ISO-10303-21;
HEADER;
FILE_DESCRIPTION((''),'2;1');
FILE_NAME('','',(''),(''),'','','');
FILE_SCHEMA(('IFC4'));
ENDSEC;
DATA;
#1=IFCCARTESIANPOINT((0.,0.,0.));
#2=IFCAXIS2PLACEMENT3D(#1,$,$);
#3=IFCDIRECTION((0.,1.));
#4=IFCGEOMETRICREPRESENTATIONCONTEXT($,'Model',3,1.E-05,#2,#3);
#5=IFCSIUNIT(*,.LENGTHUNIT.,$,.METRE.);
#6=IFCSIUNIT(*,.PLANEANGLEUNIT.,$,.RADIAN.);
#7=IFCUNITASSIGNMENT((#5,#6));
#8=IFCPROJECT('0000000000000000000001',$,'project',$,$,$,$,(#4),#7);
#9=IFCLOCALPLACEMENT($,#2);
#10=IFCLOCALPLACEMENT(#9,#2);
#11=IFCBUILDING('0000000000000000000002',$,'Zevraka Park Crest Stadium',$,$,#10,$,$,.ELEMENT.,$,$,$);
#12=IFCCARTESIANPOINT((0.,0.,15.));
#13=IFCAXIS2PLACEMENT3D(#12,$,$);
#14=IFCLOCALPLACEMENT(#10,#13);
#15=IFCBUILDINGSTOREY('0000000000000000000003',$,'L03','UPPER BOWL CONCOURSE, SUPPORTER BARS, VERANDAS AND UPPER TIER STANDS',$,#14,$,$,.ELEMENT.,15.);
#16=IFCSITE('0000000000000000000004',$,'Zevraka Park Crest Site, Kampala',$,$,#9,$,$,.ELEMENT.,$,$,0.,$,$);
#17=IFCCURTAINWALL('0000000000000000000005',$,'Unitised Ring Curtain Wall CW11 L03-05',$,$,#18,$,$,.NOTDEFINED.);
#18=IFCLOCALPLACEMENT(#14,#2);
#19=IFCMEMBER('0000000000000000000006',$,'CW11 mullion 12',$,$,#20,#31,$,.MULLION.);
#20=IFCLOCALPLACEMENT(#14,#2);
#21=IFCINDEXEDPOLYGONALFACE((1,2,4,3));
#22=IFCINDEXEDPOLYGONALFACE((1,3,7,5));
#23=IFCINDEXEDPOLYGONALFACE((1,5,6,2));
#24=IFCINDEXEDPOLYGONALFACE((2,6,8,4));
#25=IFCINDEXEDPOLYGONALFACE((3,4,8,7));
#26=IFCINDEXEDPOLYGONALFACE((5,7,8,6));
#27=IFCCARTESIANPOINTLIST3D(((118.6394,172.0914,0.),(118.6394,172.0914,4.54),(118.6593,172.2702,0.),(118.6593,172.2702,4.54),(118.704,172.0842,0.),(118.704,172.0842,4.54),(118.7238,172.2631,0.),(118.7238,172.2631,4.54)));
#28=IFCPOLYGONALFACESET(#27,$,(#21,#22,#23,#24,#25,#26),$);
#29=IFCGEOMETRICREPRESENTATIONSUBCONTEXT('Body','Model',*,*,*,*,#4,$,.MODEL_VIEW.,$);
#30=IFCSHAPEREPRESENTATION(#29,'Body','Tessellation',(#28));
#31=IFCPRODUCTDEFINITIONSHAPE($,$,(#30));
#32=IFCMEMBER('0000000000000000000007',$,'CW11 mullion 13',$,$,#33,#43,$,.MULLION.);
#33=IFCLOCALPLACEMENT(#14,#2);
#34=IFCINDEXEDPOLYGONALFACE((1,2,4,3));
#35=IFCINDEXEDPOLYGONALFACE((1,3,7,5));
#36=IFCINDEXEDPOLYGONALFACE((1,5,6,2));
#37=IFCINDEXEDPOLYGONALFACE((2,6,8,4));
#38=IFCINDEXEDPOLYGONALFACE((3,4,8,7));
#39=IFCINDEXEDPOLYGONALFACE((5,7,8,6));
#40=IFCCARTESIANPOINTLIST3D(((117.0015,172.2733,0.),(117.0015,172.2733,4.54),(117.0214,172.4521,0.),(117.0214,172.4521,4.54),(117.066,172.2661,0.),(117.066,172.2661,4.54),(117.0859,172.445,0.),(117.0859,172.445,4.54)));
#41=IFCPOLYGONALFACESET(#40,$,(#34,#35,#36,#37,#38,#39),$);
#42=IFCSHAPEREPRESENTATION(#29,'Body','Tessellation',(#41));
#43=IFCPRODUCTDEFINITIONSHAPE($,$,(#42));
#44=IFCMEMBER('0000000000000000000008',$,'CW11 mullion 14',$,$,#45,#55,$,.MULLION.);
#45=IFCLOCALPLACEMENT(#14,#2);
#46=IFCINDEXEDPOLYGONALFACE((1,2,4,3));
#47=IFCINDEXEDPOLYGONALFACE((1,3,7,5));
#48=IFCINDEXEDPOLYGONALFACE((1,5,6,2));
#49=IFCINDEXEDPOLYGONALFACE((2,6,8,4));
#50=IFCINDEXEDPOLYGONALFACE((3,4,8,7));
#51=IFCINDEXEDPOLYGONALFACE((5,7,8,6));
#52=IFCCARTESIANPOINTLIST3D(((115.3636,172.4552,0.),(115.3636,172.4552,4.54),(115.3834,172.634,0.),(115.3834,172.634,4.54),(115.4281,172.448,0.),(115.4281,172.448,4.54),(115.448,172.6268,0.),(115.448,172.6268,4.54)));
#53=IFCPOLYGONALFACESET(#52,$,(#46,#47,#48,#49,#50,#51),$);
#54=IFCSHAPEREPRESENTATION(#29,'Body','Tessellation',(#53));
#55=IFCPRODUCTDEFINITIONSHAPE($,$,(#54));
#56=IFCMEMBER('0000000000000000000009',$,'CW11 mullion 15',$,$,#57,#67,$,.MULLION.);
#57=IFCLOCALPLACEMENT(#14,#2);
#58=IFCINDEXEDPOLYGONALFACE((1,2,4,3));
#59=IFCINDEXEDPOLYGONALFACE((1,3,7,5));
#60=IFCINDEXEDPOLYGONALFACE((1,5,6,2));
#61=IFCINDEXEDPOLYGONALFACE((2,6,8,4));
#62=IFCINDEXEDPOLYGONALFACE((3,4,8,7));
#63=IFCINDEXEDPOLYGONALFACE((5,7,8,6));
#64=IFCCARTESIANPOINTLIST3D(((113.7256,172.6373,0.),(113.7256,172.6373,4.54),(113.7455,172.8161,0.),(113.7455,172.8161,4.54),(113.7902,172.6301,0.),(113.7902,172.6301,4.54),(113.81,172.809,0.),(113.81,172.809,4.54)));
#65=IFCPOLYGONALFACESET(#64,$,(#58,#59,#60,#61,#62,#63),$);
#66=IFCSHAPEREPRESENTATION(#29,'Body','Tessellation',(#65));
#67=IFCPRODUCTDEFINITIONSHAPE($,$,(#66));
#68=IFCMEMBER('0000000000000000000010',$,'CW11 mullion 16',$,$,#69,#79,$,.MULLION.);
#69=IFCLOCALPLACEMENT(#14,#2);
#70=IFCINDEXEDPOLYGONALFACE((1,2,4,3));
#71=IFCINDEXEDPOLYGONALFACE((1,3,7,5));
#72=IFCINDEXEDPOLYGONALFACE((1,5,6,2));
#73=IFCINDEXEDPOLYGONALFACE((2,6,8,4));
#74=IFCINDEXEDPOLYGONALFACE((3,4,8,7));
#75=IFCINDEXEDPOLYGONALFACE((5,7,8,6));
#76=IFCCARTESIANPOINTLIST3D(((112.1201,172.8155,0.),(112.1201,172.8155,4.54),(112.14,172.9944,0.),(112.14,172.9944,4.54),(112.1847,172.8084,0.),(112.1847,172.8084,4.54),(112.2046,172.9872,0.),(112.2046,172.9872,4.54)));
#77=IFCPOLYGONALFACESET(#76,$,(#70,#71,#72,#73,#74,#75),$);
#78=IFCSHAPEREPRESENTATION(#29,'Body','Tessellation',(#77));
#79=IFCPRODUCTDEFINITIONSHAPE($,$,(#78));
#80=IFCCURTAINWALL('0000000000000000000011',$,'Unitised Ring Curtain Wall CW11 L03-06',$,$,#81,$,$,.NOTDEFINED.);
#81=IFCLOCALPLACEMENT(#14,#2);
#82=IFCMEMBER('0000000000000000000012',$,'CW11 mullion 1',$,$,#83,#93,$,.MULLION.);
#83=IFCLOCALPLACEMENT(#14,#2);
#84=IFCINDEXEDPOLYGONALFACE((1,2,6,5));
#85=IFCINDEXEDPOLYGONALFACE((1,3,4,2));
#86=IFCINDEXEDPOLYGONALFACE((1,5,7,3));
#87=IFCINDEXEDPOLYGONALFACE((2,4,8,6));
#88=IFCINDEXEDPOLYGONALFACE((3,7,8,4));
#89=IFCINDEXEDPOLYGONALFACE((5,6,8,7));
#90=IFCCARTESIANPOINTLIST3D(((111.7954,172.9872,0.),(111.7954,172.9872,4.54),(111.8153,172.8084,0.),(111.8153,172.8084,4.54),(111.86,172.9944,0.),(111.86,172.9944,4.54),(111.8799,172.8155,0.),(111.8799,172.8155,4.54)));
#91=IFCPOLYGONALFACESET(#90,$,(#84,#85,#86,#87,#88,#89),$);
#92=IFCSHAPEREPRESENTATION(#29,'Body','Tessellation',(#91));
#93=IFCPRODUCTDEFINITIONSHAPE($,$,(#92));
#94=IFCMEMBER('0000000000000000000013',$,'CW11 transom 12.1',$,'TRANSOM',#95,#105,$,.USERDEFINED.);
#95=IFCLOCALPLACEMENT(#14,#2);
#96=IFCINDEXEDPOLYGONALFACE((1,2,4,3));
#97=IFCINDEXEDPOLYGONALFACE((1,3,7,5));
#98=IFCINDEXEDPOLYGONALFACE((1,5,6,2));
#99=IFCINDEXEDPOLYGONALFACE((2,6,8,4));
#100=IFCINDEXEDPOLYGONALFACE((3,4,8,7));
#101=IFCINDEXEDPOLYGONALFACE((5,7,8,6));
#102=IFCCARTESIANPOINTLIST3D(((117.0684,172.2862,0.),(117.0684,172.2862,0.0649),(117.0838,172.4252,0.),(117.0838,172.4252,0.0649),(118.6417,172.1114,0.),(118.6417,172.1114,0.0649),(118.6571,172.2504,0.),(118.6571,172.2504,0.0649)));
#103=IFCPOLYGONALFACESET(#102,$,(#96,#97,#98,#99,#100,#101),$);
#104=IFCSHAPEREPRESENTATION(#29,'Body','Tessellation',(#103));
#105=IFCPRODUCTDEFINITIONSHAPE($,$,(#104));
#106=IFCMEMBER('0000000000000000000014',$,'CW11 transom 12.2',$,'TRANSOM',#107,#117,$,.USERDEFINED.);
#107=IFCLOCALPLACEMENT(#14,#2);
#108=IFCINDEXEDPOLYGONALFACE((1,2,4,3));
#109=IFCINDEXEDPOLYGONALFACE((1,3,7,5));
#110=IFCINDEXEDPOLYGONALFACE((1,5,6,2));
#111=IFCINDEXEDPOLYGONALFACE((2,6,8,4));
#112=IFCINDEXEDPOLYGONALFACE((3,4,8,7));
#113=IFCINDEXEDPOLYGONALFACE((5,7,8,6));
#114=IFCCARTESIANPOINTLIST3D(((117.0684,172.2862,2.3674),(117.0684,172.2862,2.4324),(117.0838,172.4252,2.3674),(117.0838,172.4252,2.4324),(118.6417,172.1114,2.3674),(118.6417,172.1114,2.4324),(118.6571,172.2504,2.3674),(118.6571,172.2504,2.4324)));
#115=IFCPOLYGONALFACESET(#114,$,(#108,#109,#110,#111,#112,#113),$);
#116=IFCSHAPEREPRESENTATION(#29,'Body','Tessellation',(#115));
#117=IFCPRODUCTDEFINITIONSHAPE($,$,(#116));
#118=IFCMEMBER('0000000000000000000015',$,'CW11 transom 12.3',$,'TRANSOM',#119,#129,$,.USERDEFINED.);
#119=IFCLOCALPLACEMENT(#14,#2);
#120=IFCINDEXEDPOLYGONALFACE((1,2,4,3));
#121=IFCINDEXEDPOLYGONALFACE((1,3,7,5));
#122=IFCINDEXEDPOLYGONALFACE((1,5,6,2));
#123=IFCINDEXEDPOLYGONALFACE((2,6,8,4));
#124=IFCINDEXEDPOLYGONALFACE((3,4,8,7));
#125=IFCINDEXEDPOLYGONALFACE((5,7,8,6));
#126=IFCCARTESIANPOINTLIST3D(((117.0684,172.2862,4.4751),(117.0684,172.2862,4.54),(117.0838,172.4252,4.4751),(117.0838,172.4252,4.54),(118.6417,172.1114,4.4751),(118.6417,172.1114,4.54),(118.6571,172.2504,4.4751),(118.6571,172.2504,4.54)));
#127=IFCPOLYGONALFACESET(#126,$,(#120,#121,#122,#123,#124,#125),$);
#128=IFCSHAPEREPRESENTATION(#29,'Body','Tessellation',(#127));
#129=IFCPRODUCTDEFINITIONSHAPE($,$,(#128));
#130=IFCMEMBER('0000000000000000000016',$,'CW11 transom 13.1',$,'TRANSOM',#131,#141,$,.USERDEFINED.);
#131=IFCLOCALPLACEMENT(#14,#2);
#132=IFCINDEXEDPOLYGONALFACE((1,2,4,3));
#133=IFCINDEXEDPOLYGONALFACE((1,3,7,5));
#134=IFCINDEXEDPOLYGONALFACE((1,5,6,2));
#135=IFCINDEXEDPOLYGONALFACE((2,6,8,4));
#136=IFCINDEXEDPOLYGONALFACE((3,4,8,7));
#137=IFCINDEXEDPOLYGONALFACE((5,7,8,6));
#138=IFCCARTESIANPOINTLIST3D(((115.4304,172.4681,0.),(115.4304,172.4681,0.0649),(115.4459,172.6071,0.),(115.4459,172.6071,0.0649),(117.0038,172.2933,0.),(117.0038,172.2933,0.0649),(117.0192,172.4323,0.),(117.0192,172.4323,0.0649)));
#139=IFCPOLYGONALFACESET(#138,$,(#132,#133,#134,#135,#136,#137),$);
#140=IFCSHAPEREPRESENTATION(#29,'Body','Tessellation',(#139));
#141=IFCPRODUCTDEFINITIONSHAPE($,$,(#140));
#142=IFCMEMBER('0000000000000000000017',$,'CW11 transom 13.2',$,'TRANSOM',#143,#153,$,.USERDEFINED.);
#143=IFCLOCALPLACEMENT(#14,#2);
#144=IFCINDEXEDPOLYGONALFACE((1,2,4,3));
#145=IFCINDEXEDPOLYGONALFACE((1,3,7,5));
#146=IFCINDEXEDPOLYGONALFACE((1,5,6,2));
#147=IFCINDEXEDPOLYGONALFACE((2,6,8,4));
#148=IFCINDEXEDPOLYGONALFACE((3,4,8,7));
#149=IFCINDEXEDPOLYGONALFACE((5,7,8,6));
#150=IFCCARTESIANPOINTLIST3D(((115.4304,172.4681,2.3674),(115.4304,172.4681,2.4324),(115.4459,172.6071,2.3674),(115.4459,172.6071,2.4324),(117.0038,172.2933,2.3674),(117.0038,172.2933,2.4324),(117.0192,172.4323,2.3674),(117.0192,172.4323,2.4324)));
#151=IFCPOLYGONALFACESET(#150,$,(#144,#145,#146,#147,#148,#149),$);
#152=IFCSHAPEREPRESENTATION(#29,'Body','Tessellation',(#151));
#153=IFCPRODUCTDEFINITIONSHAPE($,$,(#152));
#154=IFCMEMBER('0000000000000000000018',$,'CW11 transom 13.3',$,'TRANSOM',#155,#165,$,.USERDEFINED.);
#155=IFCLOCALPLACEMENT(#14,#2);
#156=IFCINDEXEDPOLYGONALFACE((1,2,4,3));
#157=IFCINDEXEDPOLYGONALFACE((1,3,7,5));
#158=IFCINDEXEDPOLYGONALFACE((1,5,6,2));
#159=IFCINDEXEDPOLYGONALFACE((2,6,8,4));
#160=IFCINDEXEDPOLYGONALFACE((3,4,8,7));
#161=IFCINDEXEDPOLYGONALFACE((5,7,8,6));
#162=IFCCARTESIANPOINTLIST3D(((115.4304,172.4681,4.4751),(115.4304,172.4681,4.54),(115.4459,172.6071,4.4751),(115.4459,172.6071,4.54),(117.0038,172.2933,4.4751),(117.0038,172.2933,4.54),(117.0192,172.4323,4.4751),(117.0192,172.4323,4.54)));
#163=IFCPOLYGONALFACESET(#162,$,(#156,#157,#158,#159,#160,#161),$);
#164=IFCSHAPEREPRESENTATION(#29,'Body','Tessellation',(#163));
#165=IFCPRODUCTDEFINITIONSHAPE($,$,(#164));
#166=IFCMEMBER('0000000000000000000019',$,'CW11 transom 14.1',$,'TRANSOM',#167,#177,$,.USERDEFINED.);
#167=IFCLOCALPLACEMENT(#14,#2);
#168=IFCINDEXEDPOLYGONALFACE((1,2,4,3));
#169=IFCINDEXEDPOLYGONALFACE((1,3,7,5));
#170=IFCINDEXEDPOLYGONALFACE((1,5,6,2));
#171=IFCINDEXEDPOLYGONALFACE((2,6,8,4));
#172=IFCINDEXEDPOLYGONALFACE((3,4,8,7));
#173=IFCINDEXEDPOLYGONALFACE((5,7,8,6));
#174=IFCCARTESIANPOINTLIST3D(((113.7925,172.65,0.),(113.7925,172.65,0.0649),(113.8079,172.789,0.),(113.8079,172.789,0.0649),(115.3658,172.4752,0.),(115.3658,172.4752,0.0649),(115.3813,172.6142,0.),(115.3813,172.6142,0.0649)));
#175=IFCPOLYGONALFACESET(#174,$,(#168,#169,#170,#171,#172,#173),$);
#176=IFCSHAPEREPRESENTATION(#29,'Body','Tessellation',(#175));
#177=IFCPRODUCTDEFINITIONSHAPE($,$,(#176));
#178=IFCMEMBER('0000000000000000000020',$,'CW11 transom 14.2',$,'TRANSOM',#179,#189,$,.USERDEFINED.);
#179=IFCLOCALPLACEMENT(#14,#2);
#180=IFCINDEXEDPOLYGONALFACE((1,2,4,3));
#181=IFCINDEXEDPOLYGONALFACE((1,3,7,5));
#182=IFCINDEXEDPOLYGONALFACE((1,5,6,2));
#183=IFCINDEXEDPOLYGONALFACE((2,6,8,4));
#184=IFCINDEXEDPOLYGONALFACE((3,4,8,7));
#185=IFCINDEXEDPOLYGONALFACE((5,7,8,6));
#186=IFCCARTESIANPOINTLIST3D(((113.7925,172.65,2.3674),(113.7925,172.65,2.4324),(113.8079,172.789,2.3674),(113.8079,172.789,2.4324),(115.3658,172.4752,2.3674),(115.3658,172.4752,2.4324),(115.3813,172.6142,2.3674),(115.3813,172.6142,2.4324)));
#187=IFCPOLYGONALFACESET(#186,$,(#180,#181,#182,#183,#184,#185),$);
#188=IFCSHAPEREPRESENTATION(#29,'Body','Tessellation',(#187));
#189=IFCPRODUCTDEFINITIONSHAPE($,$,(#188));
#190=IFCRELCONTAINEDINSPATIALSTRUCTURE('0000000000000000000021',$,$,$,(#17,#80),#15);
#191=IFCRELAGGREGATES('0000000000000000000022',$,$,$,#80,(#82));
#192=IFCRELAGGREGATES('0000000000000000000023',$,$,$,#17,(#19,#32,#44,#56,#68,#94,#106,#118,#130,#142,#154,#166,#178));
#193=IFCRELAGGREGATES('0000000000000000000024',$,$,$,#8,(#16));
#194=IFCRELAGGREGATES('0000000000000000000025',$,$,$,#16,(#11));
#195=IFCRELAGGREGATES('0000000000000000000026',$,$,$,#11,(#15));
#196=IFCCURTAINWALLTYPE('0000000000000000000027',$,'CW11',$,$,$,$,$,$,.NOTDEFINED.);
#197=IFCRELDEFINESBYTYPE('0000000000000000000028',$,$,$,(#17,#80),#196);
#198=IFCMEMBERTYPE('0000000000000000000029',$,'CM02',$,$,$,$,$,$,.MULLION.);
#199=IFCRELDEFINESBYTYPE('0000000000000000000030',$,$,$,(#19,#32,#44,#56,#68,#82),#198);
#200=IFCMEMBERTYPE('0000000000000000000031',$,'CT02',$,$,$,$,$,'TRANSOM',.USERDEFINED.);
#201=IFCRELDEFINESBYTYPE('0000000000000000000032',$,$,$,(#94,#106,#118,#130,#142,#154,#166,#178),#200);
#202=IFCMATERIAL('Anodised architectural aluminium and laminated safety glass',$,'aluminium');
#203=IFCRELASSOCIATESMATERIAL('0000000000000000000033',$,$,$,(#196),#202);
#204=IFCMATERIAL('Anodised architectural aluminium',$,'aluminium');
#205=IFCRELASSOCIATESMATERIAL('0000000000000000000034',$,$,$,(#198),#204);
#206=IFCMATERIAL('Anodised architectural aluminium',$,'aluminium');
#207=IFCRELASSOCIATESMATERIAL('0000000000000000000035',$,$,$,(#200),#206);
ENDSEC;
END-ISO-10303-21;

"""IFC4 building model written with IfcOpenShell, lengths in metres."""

from ifc_helpers import new_model, si_unit, direction, frame, origin, origin_2d, place, context, subcontext, project, spatial, rectangle, extrude, material, material_profile, profile_set, type_object, element, aggregate, save


model = new_model("IFC4")

# Units and contexts
model_context = context("Model", 3, precision=1e-05, world=origin(), true_north=direction((0.0, 1.0)))
body_context = subcontext(model_context, "Body", "Model", "MODEL_VIEW")
ifc_project = project(units=[si_unit("LENGTHUNIT", "METRE"), si_unit("PLANEANGLEUNIT", "RADIAN")], contexts=[model_context])

# Site, building, storey
site_placement = place(None, origin())
site = spatial("IfcSite", under=ifc_project, at=site_placement, Name="Zevraka Park Crest Site, Kampala", CompositionType="ELEMENT", RefElevation=0.0)
building_placement = place(site_placement, origin())
building = spatial("IfcBuilding", under=site, at=building_placement, Name="Zevraka Park Crest Stadium", CompositionType="ELEMENT")
storey_placement = place(building_placement, frame((0.0, 0.0, 15.0)))
storey = spatial("IfcBuildingStorey", under=building, at=storey_placement, Name="L03", Description="UPPER BOWL CONCOURSE, SUPPORTER BARS, VERANDAS AND UPPER TIER STANDS", CompositionType="ELEMENT", Elevation=15.0)

# Curtain wall, members
ifc_material_1 = material(Name="Anodised architectural aluminium and laminated safety glass", Category="aluminium")
curtain_wall_type = type_object("IfcCurtainWallType", Name="CW11", PredefinedType="NOTDEFINED", material=ifc_material_1)
curtain_wall_1_placement = place(storey_placement, origin())
curtain_wall_1 = element("IfcCurtainWall", 1, at=curtain_wall_1_placement, inside=storey, type_object=curtain_wall_type, Name="Unitised Ring Curtain Wall CW11 L03-05", PredefinedType="NOTDEFINED")
ifc_material_2 = material(Name="Anodised architectural aluminium", Category="aluminium")
ifc_material_profile_1 = material_profile(ifc_material_2, rectangle(XDim=0.1799, YDim=0.0649, at=origin_2d()), Name="ALU MULLION 180x65")
ifc_profile_set_1 = profile_set([ifc_material_profile_1], Name="Anodised architectural aluminium")
member_type_1 = type_object("IfcMemberType", Name="CM02", PredefinedType="MULLION", material=ifc_profile_set_1)
member_1_placement = place(storey_placement, frame((118.6816, 172.1772, 0.0), z_axis=(0.0, 0.0, 1.0), x_axis=(-0.110396, -0.993888, 0.0)))
member_1 = element("IfcMember", 2, at=member_1_placement, type_object=member_type_1, Name="CW11 mullion 12", PredefinedType="MULLION", context=body_context, shape_type="SweptSolid", body=[
    extrude(rectangle(XDim=0.1799, YDim=0.0649, at=origin_2d()), origin(), (0.0, 0.0, 1.0), 4.54),
])
member_2_placement = place(storey_placement, frame((117.0437, 172.3591, 0.0), z_axis=(0.0, 0.0, 1.0), x_axis=(-0.110396, -0.993888, 0.0)))
member_2 = element("IfcMember", 3, at=member_2_placement, type_object=member_type_1, Name="CW11 mullion 13", PredefinedType="MULLION", context=body_context, shape_type="SweptSolid", body=[
    extrude(rectangle(XDim=0.1799, YDim=0.0649, at=origin_2d()), origin(), (0.0, 0.0, 1.0), 4.54),
])
member_3_placement = place(storey_placement, frame((115.4058, 172.541, 0.0), z_axis=(0.0, 0.0, 1.0), x_axis=(-0.110396, -0.993888, 0.0)))
member_3 = element("IfcMember", 4, at=member_3_placement, type_object=member_type_1, Name="CW11 mullion 14", PredefinedType="MULLION", context=body_context, shape_type="SweptSolid", body=[
    extrude(rectangle(XDim=0.1799, YDim=0.0649, at=origin_2d()), origin(), (0.0, 0.0, 1.0), 4.54),
])
member_4_placement = place(storey_placement, frame((113.7678, 172.7231, 0.0), z_axis=(0.0, 0.0, 1.0), x_axis=(-0.110396, -0.993888, 0.0)))
member_4 = element("IfcMember", 5, at=member_4_placement, type_object=member_type_1, Name="CW11 mullion 15", PredefinedType="MULLION", context=body_context, shape_type="SweptSolid", body=[
    extrude(rectangle(XDim=0.1799, YDim=0.0649, at=origin_2d()), origin(), (0.0, 0.0, 1.0), 4.54),
])
member_5_placement = place(storey_placement, frame((112.1624, 172.9014, 0.0), z_axis=(0.0, 0.0, 1.0), x_axis=(-0.110396, -0.993888, 0.0)))
member_5 = element("IfcMember", 6, at=member_5_placement, type_object=member_type_1, Name="CW11 mullion 16", PredefinedType="MULLION", context=body_context, shape_type="SweptSolid", body=[
    extrude(rectangle(XDim=0.1799, YDim=0.0649, at=origin_2d()), origin(), (0.0, 0.0, 1.0), 4.54),
])

# Curtain wall, member
curtain_wall_2_placement = place(storey_placement, origin())
curtain_wall_2 = element("IfcCurtainWall", 7, at=curtain_wall_2_placement, inside=storey, type_object=curtain_wall_type, Name="Unitised Ring Curtain Wall CW11 L03-06", PredefinedType="NOTDEFINED")
member_6_placement = place(storey_placement, frame((111.8376, 172.9014, 0.0), z_axis=(0.0, 0.0, 1.0), x_axis=(0.110396, -0.993888, 0.0)))
member_6 = element("IfcMember", 8, at=member_6_placement, type_object=member_type_1, Name="CW11 mullion 1", PredefinedType="MULLION", context=body_context, shape_type="SweptSolid", body=[
    extrude(rectangle(XDim=0.1799, YDim=0.0649, at=origin_2d()), origin(), (0.0, 0.0, 1.0), 4.54),
])
aggregate(curtain_wall_2, [member_6])

# Members
ifc_material_3 = material(Name="Anodised architectural aluminium", Category="aluminium")
ifc_material_profile_2 = material_profile(ifc_material_3, rectangle(XDim=0.1399, YDim=0.0649, at=origin_2d()), Name="ALU TRANSOM 140x65")
ifc_profile_set_2 = profile_set([ifc_material_profile_2], Name="Anodised architectural aluminium")
member_type_2 = type_object("IfcMemberType", Name="CT02", ElementType="TRANSOM", PredefinedType="USERDEFINED", material=ifc_profile_set_2)
member_7_placement = place(storey_placement, frame((118.6494, 172.1809, 0.0325), z_axis=(-0.993884, 0.110432, 0.0), x_axis=(-0.110432, -0.993884, 0.0)))
member_7 = element("IfcMember", 9, at=member_7_placement, type_object=member_type_2, Name="CW11 transom 12.1", ObjectType="TRANSOM", PredefinedType="USERDEFINED", context=body_context, shape_type="SweptSolid", body=[
    extrude(rectangle(XDim=0.1399, YDim=0.0649, at=origin_2d()), origin(), (0.0, 0.0, 1.0), 1.583),
])
member_8_placement = place(storey_placement, frame((118.6494, 172.1809, 2.3999), z_axis=(-0.993884, 0.110432, 0.0), x_axis=(-0.110432, -0.993884, 0.0)))
member_8 = element("IfcMember", 10, at=member_8_placement, type_object=member_type_2, Name="CW11 transom 12.2", ObjectType="TRANSOM", PredefinedType="USERDEFINED", context=body_context, shape_type="SweptSolid", body=[
    extrude(rectangle(XDim=0.1399, YDim=0.0649, at=origin_2d()), origin(), (0.0, 0.0, 1.0), 1.583),
])
member_9_placement = place(storey_placement, frame((118.6494, 172.1809, 4.5076), z_axis=(-0.993884, 0.110432, 0.0), x_axis=(-0.110432, -0.993884, 0.0)))
member_9 = element("IfcMember", 11, at=member_9_placement, type_object=member_type_2, Name="CW11 transom 12.3", ObjectType="TRANSOM", PredefinedType="USERDEFINED", context=body_context, shape_type="SweptSolid", body=[
    extrude(rectangle(XDim=0.1399, YDim=0.0649, at=origin_2d()), origin(), (0.0, 0.0, 1.0), 1.583),
])
member_10_placement = place(storey_placement, frame((117.0115, 172.3628, 0.0325), z_axis=(-0.993884, 0.110432, 0.0), x_axis=(-0.110432, -0.993884, 0.0)))
member_10 = element("IfcMember", 12, at=member_10_placement, type_object=member_type_2, Name="CW11 transom 13.1", ObjectType="TRANSOM", PredefinedType="USERDEFINED", context=body_context, shape_type="SweptSolid", body=[
    extrude(rectangle(XDim=0.1399, YDim=0.0649, at=origin_2d()), origin(), (0.0, 0.0, 1.0), 1.583),
])
member_11_placement = place(storey_placement, frame((117.0115, 172.3628, 2.3999), z_axis=(-0.993884, 0.110432, 0.0), x_axis=(-0.110432, -0.993884, 0.0)))
member_11 = element("IfcMember", 13, at=member_11_placement, type_object=member_type_2, Name="CW11 transom 13.2", ObjectType="TRANSOM", PredefinedType="USERDEFINED", context=body_context, shape_type="SweptSolid", body=[
    extrude(rectangle(XDim=0.1399, YDim=0.0649, at=origin_2d()), origin(), (0.0, 0.0, 1.0), 1.583),
])
member_12_placement = place(storey_placement, frame((117.0115, 172.3628, 4.5076), z_axis=(-0.993884, 0.110432, 0.0), x_axis=(-0.110432, -0.993884, 0.0)))
member_12 = element("IfcMember", 14, at=member_12_placement, type_object=member_type_2, Name="CW11 transom 13.3", ObjectType="TRANSOM", PredefinedType="USERDEFINED", context=body_context, shape_type="SweptSolid", body=[
    extrude(rectangle(XDim=0.1399, YDim=0.0649, at=origin_2d()), origin(), (0.0, 0.0, 1.0), 1.583),
])
member_13_placement = place(storey_placement, frame((115.3735, 172.5447, 0.0325), z_axis=(-0.993884, 0.110432, 0.0), x_axis=(-0.110432, -0.993884, 0.0)))
member_13 = element("IfcMember", 15, at=member_13_placement, type_object=member_type_2, Name="CW11 transom 14.1", ObjectType="TRANSOM", PredefinedType="USERDEFINED", context=body_context, shape_type="SweptSolid", body=[
    extrude(rectangle(XDim=0.1399, YDim=0.0649, at=origin_2d()), origin(), (0.0, 0.0, 1.0), 1.583),
])
member_14_placement = place(storey_placement, frame((115.3735, 172.5447, 2.3999), z_axis=(-0.993884, 0.110432, 0.0), x_axis=(-0.110432, -0.993884, 0.0)))
member_14 = element("IfcMember", 16, at=member_14_placement, type_object=member_type_2, Name="CW11 transom 14.2", ObjectType="TRANSOM", PredefinedType="USERDEFINED", context=body_context, shape_type="SweptSolid", body=[
    extrude(rectangle(XDim=0.1399, YDim=0.0649, at=origin_2d()), origin(), (0.0, 0.0, 1.0), 1.583),
])

aggregate(curtain_wall_1, [member_1, member_2, member_3, member_4, member_5, member_7, member_8, member_9, member_10, member_11, member_12, member_13, member_14])

save(model, "model.ifc")
